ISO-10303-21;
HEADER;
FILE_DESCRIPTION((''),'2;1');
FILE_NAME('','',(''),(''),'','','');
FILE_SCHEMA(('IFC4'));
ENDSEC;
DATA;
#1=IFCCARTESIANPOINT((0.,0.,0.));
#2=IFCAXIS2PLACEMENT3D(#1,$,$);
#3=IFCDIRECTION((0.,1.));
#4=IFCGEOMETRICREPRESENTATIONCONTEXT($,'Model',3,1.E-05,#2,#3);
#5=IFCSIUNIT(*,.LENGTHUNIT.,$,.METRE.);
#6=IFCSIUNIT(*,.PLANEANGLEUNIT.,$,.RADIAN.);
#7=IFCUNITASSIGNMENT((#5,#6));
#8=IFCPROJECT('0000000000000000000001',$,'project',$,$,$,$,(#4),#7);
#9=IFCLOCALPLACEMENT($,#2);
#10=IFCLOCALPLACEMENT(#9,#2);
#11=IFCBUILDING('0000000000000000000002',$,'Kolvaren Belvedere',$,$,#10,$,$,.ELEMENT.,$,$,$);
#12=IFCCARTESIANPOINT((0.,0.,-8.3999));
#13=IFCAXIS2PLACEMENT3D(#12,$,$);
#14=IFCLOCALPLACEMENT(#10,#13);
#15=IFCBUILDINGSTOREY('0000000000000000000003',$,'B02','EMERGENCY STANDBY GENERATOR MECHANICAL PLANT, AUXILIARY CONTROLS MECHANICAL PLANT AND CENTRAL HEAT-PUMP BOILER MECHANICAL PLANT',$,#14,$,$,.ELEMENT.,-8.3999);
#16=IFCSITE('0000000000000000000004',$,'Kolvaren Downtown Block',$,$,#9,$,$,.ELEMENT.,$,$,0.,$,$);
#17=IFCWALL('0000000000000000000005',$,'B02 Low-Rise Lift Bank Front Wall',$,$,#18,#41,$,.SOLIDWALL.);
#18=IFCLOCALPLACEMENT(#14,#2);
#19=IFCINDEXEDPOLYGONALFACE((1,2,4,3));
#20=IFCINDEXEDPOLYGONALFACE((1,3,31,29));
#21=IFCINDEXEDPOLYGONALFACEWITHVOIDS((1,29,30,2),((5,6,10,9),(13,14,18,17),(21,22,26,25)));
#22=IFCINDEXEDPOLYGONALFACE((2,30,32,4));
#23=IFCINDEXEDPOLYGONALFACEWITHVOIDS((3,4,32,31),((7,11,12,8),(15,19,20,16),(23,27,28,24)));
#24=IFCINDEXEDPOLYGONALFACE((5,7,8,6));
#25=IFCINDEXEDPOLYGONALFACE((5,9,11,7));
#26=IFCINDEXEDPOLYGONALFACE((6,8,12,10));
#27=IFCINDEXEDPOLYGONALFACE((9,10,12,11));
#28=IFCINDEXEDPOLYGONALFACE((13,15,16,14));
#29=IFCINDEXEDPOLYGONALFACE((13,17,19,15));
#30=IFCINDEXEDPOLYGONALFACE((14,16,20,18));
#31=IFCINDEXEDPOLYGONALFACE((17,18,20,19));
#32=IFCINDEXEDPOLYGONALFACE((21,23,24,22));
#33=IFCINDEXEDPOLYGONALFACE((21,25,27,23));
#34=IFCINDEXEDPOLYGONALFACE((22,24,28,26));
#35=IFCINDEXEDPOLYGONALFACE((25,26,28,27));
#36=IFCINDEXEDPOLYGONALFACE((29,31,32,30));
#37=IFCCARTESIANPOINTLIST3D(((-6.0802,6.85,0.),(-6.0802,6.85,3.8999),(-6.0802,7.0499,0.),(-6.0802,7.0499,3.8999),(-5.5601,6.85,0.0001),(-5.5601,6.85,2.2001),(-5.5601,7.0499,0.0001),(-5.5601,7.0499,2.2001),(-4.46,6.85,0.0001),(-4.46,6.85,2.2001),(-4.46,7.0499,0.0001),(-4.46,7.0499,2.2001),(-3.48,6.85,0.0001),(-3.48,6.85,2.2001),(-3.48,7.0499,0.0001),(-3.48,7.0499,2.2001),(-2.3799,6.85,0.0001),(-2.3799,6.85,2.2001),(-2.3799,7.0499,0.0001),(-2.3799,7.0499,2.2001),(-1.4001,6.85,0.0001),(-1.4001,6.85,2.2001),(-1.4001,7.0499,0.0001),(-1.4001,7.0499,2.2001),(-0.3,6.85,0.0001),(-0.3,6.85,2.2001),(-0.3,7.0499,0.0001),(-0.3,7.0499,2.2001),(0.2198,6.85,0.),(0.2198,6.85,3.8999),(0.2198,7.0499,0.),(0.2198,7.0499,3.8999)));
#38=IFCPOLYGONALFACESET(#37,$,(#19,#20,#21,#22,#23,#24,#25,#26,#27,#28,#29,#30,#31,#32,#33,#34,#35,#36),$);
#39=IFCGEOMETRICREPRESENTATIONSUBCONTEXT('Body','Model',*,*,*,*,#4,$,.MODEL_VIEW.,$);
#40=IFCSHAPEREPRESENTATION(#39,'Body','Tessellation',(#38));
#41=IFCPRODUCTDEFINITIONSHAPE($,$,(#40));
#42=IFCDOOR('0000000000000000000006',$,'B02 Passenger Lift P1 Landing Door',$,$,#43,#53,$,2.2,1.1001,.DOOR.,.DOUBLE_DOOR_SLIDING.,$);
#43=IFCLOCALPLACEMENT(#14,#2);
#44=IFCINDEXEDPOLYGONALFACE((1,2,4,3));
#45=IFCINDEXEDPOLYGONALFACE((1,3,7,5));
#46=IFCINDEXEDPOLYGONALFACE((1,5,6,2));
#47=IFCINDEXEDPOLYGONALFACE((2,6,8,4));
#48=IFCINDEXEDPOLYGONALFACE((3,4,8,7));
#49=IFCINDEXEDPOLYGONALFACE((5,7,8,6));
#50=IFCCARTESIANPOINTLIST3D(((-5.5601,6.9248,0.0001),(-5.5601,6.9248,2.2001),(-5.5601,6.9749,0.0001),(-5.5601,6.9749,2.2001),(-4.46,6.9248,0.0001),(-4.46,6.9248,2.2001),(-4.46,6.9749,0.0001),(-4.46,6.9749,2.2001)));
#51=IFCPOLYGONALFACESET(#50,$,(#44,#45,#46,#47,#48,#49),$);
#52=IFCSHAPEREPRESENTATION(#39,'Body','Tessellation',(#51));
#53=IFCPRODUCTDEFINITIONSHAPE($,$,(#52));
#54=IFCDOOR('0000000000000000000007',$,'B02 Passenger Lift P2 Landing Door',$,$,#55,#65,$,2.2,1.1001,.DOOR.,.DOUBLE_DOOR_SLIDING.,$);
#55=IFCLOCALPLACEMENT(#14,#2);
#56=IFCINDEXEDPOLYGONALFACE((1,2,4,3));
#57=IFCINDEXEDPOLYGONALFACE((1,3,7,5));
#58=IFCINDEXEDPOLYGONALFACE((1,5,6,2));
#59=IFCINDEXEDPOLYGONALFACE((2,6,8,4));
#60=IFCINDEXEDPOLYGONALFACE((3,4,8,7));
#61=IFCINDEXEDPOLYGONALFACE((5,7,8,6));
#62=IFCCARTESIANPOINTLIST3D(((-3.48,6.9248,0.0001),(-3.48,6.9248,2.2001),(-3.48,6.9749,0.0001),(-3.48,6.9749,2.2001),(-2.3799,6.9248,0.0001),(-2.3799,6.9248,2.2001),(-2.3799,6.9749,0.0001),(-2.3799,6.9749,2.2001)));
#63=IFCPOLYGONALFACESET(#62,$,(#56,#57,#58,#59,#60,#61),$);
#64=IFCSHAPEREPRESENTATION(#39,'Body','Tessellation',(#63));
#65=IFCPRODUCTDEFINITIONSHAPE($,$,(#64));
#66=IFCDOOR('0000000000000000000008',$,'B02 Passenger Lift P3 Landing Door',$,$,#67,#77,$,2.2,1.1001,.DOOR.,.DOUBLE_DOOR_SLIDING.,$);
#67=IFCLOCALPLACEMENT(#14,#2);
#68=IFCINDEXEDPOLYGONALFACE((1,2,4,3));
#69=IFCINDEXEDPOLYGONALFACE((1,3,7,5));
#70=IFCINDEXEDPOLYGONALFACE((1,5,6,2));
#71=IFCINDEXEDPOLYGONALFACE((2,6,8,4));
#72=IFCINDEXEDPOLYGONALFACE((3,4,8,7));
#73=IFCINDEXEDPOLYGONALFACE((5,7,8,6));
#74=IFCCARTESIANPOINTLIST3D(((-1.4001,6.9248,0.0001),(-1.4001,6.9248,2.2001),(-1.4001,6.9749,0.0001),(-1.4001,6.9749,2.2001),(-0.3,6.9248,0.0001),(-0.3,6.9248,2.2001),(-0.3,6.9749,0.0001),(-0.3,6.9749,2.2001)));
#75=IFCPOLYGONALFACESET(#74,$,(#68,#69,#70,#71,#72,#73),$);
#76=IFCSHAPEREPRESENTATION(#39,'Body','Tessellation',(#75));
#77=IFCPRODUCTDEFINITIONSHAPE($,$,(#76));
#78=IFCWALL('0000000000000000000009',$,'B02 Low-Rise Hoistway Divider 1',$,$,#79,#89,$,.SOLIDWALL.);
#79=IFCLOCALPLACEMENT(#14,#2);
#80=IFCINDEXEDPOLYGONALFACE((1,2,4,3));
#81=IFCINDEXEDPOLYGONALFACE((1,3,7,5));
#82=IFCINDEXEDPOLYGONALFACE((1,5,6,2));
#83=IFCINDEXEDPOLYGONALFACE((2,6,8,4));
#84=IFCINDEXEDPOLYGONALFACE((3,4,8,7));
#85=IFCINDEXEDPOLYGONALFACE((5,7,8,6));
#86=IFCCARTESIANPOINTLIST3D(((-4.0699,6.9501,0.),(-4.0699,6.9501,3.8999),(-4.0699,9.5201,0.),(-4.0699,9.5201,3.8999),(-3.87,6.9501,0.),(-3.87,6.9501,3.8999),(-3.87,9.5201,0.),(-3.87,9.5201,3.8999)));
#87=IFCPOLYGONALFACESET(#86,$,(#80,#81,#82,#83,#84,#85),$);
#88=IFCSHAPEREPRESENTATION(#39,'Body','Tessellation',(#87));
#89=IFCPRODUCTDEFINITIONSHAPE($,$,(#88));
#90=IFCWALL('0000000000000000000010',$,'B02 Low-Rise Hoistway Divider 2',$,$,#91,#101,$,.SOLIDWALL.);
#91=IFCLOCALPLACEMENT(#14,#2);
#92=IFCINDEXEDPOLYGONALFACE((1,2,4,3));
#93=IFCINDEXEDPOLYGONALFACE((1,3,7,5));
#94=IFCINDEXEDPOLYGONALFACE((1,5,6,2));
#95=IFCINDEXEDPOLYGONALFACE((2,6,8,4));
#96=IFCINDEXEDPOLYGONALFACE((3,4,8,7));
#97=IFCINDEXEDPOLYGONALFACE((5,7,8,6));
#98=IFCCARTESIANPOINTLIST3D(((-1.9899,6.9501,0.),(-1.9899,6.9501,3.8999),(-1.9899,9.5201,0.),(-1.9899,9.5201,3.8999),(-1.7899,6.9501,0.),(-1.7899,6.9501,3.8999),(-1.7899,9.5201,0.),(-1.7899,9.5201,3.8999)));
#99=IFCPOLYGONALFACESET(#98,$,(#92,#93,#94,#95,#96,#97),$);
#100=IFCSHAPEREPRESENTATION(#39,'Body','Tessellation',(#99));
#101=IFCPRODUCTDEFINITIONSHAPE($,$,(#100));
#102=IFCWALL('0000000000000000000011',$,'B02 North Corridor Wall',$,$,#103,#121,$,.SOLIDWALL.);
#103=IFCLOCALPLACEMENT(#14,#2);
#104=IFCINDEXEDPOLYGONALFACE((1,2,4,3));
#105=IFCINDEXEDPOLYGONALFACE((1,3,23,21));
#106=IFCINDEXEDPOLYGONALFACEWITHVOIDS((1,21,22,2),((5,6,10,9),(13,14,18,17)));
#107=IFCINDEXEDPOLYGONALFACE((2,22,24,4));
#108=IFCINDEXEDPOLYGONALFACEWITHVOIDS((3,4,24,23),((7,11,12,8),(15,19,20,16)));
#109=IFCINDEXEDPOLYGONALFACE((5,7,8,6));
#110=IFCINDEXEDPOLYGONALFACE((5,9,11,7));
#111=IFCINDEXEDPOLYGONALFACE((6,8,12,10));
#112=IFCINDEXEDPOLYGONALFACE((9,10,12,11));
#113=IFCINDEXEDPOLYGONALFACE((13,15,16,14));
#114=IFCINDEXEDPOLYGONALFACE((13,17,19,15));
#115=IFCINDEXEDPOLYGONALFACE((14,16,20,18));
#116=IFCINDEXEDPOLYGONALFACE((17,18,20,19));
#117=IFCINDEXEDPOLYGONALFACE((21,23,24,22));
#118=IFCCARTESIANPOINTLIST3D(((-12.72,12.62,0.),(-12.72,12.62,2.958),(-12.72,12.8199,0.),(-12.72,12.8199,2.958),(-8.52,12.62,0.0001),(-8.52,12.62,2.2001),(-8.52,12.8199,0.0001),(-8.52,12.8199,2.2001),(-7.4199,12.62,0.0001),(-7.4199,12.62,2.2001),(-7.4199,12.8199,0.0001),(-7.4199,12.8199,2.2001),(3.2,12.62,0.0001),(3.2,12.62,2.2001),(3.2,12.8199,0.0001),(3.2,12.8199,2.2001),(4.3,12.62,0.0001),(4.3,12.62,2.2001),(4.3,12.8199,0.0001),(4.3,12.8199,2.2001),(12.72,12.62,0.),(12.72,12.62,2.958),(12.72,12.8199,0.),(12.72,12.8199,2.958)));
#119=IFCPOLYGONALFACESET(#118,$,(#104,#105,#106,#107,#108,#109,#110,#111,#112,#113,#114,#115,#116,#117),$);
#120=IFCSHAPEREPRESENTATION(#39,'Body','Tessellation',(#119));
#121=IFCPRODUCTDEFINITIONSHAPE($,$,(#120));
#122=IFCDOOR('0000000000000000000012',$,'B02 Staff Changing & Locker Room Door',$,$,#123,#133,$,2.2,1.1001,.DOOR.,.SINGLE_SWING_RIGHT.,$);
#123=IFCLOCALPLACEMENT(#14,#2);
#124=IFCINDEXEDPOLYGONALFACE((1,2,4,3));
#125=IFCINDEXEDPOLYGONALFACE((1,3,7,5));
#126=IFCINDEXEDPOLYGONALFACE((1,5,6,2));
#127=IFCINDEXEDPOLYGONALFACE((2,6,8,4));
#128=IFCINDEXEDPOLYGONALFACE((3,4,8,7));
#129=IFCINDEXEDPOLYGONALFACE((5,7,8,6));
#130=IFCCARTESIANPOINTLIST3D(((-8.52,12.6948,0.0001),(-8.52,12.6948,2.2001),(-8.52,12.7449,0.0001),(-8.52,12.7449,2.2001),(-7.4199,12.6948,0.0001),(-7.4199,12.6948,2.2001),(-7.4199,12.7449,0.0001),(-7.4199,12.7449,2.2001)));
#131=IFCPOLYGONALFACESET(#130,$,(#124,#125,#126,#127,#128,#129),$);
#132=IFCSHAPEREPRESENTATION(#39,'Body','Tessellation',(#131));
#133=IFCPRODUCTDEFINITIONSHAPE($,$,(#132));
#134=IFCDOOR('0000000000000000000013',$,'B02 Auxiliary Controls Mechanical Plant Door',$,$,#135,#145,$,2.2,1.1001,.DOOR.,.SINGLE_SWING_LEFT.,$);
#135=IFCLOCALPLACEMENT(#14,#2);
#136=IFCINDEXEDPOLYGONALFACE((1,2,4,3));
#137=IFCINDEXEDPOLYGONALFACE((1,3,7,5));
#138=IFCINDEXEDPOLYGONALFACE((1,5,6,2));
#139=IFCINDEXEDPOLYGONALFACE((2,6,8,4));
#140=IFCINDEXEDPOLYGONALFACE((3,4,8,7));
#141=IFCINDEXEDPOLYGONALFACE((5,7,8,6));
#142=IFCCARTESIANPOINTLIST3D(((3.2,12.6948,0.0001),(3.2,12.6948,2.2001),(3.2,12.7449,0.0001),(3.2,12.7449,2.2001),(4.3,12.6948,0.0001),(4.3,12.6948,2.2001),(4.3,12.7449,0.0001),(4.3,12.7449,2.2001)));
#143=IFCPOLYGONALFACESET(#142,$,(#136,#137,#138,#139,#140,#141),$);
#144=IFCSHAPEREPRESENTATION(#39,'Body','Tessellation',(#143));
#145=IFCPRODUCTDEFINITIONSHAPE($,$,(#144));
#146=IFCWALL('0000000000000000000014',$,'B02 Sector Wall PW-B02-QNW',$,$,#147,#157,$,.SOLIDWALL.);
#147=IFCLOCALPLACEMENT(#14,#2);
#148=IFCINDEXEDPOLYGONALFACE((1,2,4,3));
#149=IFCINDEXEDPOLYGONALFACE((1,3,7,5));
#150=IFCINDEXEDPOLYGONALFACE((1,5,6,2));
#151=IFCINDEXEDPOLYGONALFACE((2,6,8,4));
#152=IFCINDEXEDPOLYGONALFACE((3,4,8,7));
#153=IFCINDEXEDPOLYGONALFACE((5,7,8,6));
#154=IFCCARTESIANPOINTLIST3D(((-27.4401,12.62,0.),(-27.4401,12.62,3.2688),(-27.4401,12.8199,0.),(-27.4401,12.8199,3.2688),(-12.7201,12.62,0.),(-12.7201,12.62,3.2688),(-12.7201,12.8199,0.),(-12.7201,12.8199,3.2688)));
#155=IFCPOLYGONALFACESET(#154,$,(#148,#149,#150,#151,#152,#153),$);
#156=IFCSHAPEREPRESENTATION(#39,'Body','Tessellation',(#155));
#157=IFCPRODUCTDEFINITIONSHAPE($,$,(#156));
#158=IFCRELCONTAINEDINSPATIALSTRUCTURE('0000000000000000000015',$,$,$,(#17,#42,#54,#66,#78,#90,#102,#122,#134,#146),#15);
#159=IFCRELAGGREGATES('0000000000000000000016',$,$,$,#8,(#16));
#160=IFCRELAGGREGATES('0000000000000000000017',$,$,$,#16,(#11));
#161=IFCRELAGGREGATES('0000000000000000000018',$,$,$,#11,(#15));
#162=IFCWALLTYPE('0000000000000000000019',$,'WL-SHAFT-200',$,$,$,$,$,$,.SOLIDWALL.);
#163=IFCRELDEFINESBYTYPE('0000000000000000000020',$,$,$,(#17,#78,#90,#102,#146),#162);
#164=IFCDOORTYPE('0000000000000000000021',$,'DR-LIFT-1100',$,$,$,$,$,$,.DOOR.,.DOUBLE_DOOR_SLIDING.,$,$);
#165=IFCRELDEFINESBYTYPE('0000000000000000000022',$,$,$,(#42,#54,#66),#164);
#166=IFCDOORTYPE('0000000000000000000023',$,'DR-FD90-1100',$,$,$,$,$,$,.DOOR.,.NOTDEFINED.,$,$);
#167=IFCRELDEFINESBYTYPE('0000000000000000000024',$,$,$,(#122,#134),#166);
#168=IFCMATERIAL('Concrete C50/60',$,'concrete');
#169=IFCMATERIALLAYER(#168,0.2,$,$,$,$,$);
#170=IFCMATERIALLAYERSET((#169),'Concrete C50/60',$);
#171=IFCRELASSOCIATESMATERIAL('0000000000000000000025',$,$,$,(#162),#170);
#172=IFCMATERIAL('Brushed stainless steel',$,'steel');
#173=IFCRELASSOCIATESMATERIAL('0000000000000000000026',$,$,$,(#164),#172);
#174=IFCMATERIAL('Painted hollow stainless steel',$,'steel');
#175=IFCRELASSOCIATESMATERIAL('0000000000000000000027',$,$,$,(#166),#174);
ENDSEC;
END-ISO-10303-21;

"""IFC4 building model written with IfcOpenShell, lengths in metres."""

from ifc_helpers import new_model, si_unit, direction, frame, frame_2d, origin, place, context, subcontext, project, spatial, rectangle, extrude, material, layer, layer_set, type_object, element, fill, save


model = new_model("IFC4")

# Units and contexts
model_context = context("Model", 3, precision=1e-05, world=origin(), true_north=direction((0.0, 1.0)))
body_context = subcontext(model_context, "Body", "Model", "MODEL_VIEW")
ifc_project = project(units=[si_unit("LENGTHUNIT", "METRE"), si_unit("PLANEANGLEUNIT", "RADIAN")], contexts=[model_context])

# Site, building, storey
site_placement = place(None, origin())
site = spatial("IfcSite", under=ifc_project, at=site_placement, Name="Kolvaren Downtown Block", CompositionType="ELEMENT", RefElevation=0.0)
building_placement = place(site_placement, origin())
building = spatial("IfcBuilding", under=site, at=building_placement, Name="Kolvaren Belvedere", CompositionType="ELEMENT")
storey_placement = place(building_placement, frame((0.0, 0.0, -8.3999)))
storey = spatial("IfcBuildingStorey", under=building, at=storey_placement, Name="B02", Description="EMERGENCY STANDBY GENERATOR MECHANICAL PLANT, AUXILIARY CONTROLS MECHANICAL PLANT AND CENTRAL HEAT-PUMP BOILER MECHANICAL PLANT", CompositionType="ELEMENT", Elevation=-8.3999)

# Wall, openings, doors
ifc_material_1 = material(Name="Concrete C50/60", Category="concrete")
ifc_layer_1 = layer(ifc_material_1, 0.2)
ifc_layer_set_1 = layer_set([ifc_layer_1], Name="Concrete C50/60")
wall_type_1 = type_object("IfcWallType", Name="WL-SHAFT-200", PredefinedType="SOLIDWALL", material=ifc_layer_set_1)
wall_1_placement = place(storey_placement, frame((-6.0801, 6.95, 0.0), z_axis=(0.0, 0.0, 1.0), x_axis=(1.0, 0.0, 0.0)))
wall_1 = element("IfcWall", 1, at=wall_1_placement, inside=storey, type_object=wall_type_1, Name="B02 Low-Rise Lift Bank Front Wall", PredefinedType="SOLIDWALL", context=body_context, shape_type="SweptSolid", body=[
    extrude(rectangle(XDim=6.3, YDim=0.2, at=frame_2d((3.1499, 0.0))), origin(), (0.0, 0.0, 1.0), 3.8999),
])
opening_1_placement = place(wall_1_placement, frame((0.52, 0.0, 0.0)))
opening_1 = element("IfcOpeningElement", 2, at=opening_1_placement, cuts=wall_1, PredefinedType="OPENING", context=body_context, shape_type="SweptSolid", body=[
    extrude(rectangle(XDim=1.1001, YDim=2.2, at=frame_2d((0.55, 1.1001))), frame((0.0, 0.1099, 0.0), z_axis=(0.0, -1.0, 0.0), x_axis=(1.0, 0.0, 0.0)), (0.0, 0.0, 1.0), 0.22),
])
opening_2_placement = place(wall_1_placement, frame((2.6001, 0.0, 0.0)))
opening_2 = element("IfcOpeningElement", 3, at=opening_2_placement, cuts=wall_1, PredefinedType="OPENING", context=body_context, shape_type="SweptSolid", body=[
    extrude(rectangle(XDim=1.1001, YDim=2.2, at=frame_2d((0.55, 1.1001))), frame((0.0, 0.1099, 0.0), z_axis=(0.0, -1.0, 0.0), x_axis=(1.0, 0.0, 0.0)), (0.0, 0.0, 1.0), 0.22),
])
opening_3_placement = place(wall_1_placement, frame((4.6799, 0.0, 0.0)))
opening_3 = element("IfcOpeningElement", 4, at=opening_3_placement, cuts=wall_1, PredefinedType="OPENING", context=body_context, shape_type="SweptSolid", body=[
    extrude(rectangle(XDim=1.1001, YDim=2.2, at=frame_2d((0.55, 1.1001))), frame((0.0, 0.1099, 0.0), z_axis=(0.0, -1.0, 0.0), x_axis=(1.0, 0.0, 0.0)), (0.0, 0.0, 1.0), 0.22),
])
ifc_material_2 = material(Name="Brushed stainless steel", Category="steel")
door_type_1 = type_object("IfcDoorType", Name="DR-LIFT-1100", OperationType="DOUBLE_DOOR_SLIDING", PredefinedType="DOOR", material=ifc_material_2)
door_1_placement = place(opening_1_placement, origin())
door_1 = element("IfcDoor", 5, at=door_1_placement, inside=storey, type_object=door_type_1, Name="B02 Passenger Lift P1 Landing Door", OperationType="DOUBLE_DOOR_SLIDING", OverallHeight=2.2, OverallWidth=1.1001, PredefinedType="DOOR", context=body_context, shape_type="SweptSolid", body=[
    extrude(rectangle(XDim=1.1001, YDim=2.2, at=frame_2d((0.55, 1.1001))), frame((0.0, 0.0249, 0.0), z_axis=(0.0, -1.0, 0.0), x_axis=(1.0, 0.0, 0.0)), (0.0, 0.0, 1.0), 0.05),
])
fill(opening_1, door_1)
door_2_placement = place(opening_2_placement, origin())
door_2 = element("IfcDoor", 6, at=door_2_placement, inside=storey, type_object=door_type_1, Name="B02 Passenger Lift P2 Landing Door", OperationType="DOUBLE_DOOR_SLIDING", OverallHeight=2.2, OverallWidth=1.1001, PredefinedType="DOOR", context=body_context, shape_type="SweptSolid", body=[
    extrude(rectangle(XDim=1.1001, YDim=2.2, at=frame_2d((0.55, 1.1001))), frame((0.0, 0.0249, 0.0), z_axis=(0.0, -1.0, 0.0), x_axis=(1.0, 0.0, 0.0)), (0.0, 0.0, 1.0), 0.05),
])
fill(opening_2, door_2)
door_3_placement = place(opening_3_placement, origin())
door_3 = element("IfcDoor", 7, at=door_3_placement, inside=storey, type_object=door_type_1, Name="B02 Passenger Lift P3 Landing Door", OperationType="DOUBLE_DOOR_SLIDING", OverallHeight=2.2, OverallWidth=1.1001, PredefinedType="DOOR", context=body_context, shape_type="SweptSolid", body=[
    extrude(rectangle(XDim=1.1001, YDim=2.2, at=frame_2d((0.55, 1.1001))), frame((0.0, 0.0249, 0.0), z_axis=(0.0, -1.0, 0.0), x_axis=(1.0, 0.0, 0.0)), (0.0, 0.0, 1.0), 0.05),
])
fill(opening_3, door_3)

# Walls
for number, where, z_axis, x_axis, name in (
    (8, (-3.97, 6.95, 0.0), (0.0, 0.0, 1.0), (0.0, 1.0, 0.0), "B02 Low-Rise Hoistway Divider 1"),
    (9, (-1.8899, 6.95, 0.0), (0.0, 0.0, 1.0), (0.0, 1.0, 0.0), "B02 Low-Rise Hoistway Divider 2"),
):
    element("IfcWall", number, at=place(storey_placement, frame(where, z_axis=z_axis, x_axis=x_axis)), inside=storey, type_object=wall_type_1, Name=name, PredefinedType="SOLIDWALL", context=body_context, shape_type="SweptSolid", body=[
        extrude(rectangle(XDim=2.5701, YDim=0.2, at=frame_2d((1.2852, 0.0))), origin(), (0.0, 0.0, 1.0), 3.8999),
    ])

# Wall, openings, doors
wall_2_placement = place(storey_placement, frame((-12.72, 12.72, 0.0), z_axis=(0.0, 0.0, 1.0), x_axis=(1.0, 0.0, 0.0)))
wall_2 = element("IfcWall", 10, at=wall_2_placement, inside=storey, type_object=wall_type_1, Name="B02 North Corridor Wall", PredefinedType="SOLIDWALL", context=body_context, shape_type="SweptSolid", body=[
    extrude(rectangle(XDim=25.4399, YDim=0.2, at=frame_2d((12.72, 0.0))), origin(), (0.0, 0.0, 1.0), 2.958),
])
opening_4_placement = place(wall_2_placement, frame((4.2, 0.0, 0.0)))
opening_4 = element("IfcOpeningElement", 11, at=opening_4_placement, cuts=wall_2, PredefinedType="OPENING", context=body_context, shape_type="SweptSolid", body=[
    extrude(rectangle(XDim=1.1001, YDim=2.2, at=frame_2d((0.55, 1.1001))), frame((0.0, 0.1099, 0.0), z_axis=(0.0, -1.0, 0.0), x_axis=(1.0, 0.0, 0.0)), (0.0, 0.0, 1.0), 0.22),
])
opening_5_placement = place(wall_2_placement, frame((15.9199, 0.0, 0.0)))
opening_5 = element("IfcOpeningElement", 12, at=opening_5_placement, cuts=wall_2, PredefinedType="OPENING", context=body_context, shape_type="SweptSolid", body=[
    extrude(rectangle(XDim=1.1001, YDim=2.2, at=frame_2d((0.55, 1.1001))), frame((0.0, 0.1099, 0.0), z_axis=(0.0, -1.0, 0.0), x_axis=(1.0, 0.0, 0.0)), (0.0, 0.0, 1.0), 0.22),
])
ifc_material_3 = material(Name="Painted hollow stainless steel", Category="steel")
door_type_2 = type_object("IfcDoorType", Name="DR-FD90-1100", OperationType="NOTDEFINED", PredefinedType="DOOR", material=ifc_material_3)
door_4_placement = place(opening_4_placement, origin())
door_4 = element("IfcDoor", 13, at=door_4_placement, inside=storey, type_object=door_type_2, Name="B02 Staff Changing & Locker Room Door", OperationType="SINGLE_SWING_RIGHT", OverallHeight=2.2, OverallWidth=1.1001, PredefinedType="DOOR", context=body_context, shape_type="SweptSolid", body=[
    extrude(rectangle(XDim=1.1001, YDim=2.2, at=frame_2d((0.55, 1.1001))), frame((0.0, 0.0249, 0.0), z_axis=(0.0, -1.0, 0.0), x_axis=(1.0, 0.0, 0.0)), (0.0, 0.0, 1.0), 0.05),
])
fill(opening_4, door_4)
door_5_placement = place(opening_5_placement, origin())
door_5 = element("IfcDoor", 14, at=door_5_placement, inside=storey, type_object=door_type_2, Name="B02 Auxiliary Controls Mechanical Plant Door", OperationType="SINGLE_SWING_LEFT", OverallHeight=2.2, OverallWidth=1.1001, PredefinedType="DOOR", context=body_context, shape_type="SweptSolid", body=[
    extrude(rectangle(XDim=1.1001, YDim=2.2, at=frame_2d((0.55, 1.1001))), frame((0.0, 0.0249, 0.0), z_axis=(0.0, -1.0, 0.0), x_axis=(1.0, 0.0, 0.0)), (0.0, 0.0, 1.0), 0.05),
])
fill(opening_5, door_5)

# Wall
wall_3_placement = place(storey_placement, frame((-27.4399, 12.72, 0.0), z_axis=(0.0, 0.0, 1.0), x_axis=(1.0, 0.0, 0.0)))
element("IfcWall", 15, at=wall_3_placement, inside=storey, type_object=wall_type_1, Name="B02 Sector Wall PW-B02-QNW", PredefinedType="SOLIDWALL", context=body_context, shape_type="SweptSolid", body=[
    extrude(rectangle(XDim=14.72, YDim=0.2, at=frame_2d((7.3599, 0.0))), origin(), (0.0, 0.0, 1.0), 3.2688),
])

save(model, "model.ifc")
